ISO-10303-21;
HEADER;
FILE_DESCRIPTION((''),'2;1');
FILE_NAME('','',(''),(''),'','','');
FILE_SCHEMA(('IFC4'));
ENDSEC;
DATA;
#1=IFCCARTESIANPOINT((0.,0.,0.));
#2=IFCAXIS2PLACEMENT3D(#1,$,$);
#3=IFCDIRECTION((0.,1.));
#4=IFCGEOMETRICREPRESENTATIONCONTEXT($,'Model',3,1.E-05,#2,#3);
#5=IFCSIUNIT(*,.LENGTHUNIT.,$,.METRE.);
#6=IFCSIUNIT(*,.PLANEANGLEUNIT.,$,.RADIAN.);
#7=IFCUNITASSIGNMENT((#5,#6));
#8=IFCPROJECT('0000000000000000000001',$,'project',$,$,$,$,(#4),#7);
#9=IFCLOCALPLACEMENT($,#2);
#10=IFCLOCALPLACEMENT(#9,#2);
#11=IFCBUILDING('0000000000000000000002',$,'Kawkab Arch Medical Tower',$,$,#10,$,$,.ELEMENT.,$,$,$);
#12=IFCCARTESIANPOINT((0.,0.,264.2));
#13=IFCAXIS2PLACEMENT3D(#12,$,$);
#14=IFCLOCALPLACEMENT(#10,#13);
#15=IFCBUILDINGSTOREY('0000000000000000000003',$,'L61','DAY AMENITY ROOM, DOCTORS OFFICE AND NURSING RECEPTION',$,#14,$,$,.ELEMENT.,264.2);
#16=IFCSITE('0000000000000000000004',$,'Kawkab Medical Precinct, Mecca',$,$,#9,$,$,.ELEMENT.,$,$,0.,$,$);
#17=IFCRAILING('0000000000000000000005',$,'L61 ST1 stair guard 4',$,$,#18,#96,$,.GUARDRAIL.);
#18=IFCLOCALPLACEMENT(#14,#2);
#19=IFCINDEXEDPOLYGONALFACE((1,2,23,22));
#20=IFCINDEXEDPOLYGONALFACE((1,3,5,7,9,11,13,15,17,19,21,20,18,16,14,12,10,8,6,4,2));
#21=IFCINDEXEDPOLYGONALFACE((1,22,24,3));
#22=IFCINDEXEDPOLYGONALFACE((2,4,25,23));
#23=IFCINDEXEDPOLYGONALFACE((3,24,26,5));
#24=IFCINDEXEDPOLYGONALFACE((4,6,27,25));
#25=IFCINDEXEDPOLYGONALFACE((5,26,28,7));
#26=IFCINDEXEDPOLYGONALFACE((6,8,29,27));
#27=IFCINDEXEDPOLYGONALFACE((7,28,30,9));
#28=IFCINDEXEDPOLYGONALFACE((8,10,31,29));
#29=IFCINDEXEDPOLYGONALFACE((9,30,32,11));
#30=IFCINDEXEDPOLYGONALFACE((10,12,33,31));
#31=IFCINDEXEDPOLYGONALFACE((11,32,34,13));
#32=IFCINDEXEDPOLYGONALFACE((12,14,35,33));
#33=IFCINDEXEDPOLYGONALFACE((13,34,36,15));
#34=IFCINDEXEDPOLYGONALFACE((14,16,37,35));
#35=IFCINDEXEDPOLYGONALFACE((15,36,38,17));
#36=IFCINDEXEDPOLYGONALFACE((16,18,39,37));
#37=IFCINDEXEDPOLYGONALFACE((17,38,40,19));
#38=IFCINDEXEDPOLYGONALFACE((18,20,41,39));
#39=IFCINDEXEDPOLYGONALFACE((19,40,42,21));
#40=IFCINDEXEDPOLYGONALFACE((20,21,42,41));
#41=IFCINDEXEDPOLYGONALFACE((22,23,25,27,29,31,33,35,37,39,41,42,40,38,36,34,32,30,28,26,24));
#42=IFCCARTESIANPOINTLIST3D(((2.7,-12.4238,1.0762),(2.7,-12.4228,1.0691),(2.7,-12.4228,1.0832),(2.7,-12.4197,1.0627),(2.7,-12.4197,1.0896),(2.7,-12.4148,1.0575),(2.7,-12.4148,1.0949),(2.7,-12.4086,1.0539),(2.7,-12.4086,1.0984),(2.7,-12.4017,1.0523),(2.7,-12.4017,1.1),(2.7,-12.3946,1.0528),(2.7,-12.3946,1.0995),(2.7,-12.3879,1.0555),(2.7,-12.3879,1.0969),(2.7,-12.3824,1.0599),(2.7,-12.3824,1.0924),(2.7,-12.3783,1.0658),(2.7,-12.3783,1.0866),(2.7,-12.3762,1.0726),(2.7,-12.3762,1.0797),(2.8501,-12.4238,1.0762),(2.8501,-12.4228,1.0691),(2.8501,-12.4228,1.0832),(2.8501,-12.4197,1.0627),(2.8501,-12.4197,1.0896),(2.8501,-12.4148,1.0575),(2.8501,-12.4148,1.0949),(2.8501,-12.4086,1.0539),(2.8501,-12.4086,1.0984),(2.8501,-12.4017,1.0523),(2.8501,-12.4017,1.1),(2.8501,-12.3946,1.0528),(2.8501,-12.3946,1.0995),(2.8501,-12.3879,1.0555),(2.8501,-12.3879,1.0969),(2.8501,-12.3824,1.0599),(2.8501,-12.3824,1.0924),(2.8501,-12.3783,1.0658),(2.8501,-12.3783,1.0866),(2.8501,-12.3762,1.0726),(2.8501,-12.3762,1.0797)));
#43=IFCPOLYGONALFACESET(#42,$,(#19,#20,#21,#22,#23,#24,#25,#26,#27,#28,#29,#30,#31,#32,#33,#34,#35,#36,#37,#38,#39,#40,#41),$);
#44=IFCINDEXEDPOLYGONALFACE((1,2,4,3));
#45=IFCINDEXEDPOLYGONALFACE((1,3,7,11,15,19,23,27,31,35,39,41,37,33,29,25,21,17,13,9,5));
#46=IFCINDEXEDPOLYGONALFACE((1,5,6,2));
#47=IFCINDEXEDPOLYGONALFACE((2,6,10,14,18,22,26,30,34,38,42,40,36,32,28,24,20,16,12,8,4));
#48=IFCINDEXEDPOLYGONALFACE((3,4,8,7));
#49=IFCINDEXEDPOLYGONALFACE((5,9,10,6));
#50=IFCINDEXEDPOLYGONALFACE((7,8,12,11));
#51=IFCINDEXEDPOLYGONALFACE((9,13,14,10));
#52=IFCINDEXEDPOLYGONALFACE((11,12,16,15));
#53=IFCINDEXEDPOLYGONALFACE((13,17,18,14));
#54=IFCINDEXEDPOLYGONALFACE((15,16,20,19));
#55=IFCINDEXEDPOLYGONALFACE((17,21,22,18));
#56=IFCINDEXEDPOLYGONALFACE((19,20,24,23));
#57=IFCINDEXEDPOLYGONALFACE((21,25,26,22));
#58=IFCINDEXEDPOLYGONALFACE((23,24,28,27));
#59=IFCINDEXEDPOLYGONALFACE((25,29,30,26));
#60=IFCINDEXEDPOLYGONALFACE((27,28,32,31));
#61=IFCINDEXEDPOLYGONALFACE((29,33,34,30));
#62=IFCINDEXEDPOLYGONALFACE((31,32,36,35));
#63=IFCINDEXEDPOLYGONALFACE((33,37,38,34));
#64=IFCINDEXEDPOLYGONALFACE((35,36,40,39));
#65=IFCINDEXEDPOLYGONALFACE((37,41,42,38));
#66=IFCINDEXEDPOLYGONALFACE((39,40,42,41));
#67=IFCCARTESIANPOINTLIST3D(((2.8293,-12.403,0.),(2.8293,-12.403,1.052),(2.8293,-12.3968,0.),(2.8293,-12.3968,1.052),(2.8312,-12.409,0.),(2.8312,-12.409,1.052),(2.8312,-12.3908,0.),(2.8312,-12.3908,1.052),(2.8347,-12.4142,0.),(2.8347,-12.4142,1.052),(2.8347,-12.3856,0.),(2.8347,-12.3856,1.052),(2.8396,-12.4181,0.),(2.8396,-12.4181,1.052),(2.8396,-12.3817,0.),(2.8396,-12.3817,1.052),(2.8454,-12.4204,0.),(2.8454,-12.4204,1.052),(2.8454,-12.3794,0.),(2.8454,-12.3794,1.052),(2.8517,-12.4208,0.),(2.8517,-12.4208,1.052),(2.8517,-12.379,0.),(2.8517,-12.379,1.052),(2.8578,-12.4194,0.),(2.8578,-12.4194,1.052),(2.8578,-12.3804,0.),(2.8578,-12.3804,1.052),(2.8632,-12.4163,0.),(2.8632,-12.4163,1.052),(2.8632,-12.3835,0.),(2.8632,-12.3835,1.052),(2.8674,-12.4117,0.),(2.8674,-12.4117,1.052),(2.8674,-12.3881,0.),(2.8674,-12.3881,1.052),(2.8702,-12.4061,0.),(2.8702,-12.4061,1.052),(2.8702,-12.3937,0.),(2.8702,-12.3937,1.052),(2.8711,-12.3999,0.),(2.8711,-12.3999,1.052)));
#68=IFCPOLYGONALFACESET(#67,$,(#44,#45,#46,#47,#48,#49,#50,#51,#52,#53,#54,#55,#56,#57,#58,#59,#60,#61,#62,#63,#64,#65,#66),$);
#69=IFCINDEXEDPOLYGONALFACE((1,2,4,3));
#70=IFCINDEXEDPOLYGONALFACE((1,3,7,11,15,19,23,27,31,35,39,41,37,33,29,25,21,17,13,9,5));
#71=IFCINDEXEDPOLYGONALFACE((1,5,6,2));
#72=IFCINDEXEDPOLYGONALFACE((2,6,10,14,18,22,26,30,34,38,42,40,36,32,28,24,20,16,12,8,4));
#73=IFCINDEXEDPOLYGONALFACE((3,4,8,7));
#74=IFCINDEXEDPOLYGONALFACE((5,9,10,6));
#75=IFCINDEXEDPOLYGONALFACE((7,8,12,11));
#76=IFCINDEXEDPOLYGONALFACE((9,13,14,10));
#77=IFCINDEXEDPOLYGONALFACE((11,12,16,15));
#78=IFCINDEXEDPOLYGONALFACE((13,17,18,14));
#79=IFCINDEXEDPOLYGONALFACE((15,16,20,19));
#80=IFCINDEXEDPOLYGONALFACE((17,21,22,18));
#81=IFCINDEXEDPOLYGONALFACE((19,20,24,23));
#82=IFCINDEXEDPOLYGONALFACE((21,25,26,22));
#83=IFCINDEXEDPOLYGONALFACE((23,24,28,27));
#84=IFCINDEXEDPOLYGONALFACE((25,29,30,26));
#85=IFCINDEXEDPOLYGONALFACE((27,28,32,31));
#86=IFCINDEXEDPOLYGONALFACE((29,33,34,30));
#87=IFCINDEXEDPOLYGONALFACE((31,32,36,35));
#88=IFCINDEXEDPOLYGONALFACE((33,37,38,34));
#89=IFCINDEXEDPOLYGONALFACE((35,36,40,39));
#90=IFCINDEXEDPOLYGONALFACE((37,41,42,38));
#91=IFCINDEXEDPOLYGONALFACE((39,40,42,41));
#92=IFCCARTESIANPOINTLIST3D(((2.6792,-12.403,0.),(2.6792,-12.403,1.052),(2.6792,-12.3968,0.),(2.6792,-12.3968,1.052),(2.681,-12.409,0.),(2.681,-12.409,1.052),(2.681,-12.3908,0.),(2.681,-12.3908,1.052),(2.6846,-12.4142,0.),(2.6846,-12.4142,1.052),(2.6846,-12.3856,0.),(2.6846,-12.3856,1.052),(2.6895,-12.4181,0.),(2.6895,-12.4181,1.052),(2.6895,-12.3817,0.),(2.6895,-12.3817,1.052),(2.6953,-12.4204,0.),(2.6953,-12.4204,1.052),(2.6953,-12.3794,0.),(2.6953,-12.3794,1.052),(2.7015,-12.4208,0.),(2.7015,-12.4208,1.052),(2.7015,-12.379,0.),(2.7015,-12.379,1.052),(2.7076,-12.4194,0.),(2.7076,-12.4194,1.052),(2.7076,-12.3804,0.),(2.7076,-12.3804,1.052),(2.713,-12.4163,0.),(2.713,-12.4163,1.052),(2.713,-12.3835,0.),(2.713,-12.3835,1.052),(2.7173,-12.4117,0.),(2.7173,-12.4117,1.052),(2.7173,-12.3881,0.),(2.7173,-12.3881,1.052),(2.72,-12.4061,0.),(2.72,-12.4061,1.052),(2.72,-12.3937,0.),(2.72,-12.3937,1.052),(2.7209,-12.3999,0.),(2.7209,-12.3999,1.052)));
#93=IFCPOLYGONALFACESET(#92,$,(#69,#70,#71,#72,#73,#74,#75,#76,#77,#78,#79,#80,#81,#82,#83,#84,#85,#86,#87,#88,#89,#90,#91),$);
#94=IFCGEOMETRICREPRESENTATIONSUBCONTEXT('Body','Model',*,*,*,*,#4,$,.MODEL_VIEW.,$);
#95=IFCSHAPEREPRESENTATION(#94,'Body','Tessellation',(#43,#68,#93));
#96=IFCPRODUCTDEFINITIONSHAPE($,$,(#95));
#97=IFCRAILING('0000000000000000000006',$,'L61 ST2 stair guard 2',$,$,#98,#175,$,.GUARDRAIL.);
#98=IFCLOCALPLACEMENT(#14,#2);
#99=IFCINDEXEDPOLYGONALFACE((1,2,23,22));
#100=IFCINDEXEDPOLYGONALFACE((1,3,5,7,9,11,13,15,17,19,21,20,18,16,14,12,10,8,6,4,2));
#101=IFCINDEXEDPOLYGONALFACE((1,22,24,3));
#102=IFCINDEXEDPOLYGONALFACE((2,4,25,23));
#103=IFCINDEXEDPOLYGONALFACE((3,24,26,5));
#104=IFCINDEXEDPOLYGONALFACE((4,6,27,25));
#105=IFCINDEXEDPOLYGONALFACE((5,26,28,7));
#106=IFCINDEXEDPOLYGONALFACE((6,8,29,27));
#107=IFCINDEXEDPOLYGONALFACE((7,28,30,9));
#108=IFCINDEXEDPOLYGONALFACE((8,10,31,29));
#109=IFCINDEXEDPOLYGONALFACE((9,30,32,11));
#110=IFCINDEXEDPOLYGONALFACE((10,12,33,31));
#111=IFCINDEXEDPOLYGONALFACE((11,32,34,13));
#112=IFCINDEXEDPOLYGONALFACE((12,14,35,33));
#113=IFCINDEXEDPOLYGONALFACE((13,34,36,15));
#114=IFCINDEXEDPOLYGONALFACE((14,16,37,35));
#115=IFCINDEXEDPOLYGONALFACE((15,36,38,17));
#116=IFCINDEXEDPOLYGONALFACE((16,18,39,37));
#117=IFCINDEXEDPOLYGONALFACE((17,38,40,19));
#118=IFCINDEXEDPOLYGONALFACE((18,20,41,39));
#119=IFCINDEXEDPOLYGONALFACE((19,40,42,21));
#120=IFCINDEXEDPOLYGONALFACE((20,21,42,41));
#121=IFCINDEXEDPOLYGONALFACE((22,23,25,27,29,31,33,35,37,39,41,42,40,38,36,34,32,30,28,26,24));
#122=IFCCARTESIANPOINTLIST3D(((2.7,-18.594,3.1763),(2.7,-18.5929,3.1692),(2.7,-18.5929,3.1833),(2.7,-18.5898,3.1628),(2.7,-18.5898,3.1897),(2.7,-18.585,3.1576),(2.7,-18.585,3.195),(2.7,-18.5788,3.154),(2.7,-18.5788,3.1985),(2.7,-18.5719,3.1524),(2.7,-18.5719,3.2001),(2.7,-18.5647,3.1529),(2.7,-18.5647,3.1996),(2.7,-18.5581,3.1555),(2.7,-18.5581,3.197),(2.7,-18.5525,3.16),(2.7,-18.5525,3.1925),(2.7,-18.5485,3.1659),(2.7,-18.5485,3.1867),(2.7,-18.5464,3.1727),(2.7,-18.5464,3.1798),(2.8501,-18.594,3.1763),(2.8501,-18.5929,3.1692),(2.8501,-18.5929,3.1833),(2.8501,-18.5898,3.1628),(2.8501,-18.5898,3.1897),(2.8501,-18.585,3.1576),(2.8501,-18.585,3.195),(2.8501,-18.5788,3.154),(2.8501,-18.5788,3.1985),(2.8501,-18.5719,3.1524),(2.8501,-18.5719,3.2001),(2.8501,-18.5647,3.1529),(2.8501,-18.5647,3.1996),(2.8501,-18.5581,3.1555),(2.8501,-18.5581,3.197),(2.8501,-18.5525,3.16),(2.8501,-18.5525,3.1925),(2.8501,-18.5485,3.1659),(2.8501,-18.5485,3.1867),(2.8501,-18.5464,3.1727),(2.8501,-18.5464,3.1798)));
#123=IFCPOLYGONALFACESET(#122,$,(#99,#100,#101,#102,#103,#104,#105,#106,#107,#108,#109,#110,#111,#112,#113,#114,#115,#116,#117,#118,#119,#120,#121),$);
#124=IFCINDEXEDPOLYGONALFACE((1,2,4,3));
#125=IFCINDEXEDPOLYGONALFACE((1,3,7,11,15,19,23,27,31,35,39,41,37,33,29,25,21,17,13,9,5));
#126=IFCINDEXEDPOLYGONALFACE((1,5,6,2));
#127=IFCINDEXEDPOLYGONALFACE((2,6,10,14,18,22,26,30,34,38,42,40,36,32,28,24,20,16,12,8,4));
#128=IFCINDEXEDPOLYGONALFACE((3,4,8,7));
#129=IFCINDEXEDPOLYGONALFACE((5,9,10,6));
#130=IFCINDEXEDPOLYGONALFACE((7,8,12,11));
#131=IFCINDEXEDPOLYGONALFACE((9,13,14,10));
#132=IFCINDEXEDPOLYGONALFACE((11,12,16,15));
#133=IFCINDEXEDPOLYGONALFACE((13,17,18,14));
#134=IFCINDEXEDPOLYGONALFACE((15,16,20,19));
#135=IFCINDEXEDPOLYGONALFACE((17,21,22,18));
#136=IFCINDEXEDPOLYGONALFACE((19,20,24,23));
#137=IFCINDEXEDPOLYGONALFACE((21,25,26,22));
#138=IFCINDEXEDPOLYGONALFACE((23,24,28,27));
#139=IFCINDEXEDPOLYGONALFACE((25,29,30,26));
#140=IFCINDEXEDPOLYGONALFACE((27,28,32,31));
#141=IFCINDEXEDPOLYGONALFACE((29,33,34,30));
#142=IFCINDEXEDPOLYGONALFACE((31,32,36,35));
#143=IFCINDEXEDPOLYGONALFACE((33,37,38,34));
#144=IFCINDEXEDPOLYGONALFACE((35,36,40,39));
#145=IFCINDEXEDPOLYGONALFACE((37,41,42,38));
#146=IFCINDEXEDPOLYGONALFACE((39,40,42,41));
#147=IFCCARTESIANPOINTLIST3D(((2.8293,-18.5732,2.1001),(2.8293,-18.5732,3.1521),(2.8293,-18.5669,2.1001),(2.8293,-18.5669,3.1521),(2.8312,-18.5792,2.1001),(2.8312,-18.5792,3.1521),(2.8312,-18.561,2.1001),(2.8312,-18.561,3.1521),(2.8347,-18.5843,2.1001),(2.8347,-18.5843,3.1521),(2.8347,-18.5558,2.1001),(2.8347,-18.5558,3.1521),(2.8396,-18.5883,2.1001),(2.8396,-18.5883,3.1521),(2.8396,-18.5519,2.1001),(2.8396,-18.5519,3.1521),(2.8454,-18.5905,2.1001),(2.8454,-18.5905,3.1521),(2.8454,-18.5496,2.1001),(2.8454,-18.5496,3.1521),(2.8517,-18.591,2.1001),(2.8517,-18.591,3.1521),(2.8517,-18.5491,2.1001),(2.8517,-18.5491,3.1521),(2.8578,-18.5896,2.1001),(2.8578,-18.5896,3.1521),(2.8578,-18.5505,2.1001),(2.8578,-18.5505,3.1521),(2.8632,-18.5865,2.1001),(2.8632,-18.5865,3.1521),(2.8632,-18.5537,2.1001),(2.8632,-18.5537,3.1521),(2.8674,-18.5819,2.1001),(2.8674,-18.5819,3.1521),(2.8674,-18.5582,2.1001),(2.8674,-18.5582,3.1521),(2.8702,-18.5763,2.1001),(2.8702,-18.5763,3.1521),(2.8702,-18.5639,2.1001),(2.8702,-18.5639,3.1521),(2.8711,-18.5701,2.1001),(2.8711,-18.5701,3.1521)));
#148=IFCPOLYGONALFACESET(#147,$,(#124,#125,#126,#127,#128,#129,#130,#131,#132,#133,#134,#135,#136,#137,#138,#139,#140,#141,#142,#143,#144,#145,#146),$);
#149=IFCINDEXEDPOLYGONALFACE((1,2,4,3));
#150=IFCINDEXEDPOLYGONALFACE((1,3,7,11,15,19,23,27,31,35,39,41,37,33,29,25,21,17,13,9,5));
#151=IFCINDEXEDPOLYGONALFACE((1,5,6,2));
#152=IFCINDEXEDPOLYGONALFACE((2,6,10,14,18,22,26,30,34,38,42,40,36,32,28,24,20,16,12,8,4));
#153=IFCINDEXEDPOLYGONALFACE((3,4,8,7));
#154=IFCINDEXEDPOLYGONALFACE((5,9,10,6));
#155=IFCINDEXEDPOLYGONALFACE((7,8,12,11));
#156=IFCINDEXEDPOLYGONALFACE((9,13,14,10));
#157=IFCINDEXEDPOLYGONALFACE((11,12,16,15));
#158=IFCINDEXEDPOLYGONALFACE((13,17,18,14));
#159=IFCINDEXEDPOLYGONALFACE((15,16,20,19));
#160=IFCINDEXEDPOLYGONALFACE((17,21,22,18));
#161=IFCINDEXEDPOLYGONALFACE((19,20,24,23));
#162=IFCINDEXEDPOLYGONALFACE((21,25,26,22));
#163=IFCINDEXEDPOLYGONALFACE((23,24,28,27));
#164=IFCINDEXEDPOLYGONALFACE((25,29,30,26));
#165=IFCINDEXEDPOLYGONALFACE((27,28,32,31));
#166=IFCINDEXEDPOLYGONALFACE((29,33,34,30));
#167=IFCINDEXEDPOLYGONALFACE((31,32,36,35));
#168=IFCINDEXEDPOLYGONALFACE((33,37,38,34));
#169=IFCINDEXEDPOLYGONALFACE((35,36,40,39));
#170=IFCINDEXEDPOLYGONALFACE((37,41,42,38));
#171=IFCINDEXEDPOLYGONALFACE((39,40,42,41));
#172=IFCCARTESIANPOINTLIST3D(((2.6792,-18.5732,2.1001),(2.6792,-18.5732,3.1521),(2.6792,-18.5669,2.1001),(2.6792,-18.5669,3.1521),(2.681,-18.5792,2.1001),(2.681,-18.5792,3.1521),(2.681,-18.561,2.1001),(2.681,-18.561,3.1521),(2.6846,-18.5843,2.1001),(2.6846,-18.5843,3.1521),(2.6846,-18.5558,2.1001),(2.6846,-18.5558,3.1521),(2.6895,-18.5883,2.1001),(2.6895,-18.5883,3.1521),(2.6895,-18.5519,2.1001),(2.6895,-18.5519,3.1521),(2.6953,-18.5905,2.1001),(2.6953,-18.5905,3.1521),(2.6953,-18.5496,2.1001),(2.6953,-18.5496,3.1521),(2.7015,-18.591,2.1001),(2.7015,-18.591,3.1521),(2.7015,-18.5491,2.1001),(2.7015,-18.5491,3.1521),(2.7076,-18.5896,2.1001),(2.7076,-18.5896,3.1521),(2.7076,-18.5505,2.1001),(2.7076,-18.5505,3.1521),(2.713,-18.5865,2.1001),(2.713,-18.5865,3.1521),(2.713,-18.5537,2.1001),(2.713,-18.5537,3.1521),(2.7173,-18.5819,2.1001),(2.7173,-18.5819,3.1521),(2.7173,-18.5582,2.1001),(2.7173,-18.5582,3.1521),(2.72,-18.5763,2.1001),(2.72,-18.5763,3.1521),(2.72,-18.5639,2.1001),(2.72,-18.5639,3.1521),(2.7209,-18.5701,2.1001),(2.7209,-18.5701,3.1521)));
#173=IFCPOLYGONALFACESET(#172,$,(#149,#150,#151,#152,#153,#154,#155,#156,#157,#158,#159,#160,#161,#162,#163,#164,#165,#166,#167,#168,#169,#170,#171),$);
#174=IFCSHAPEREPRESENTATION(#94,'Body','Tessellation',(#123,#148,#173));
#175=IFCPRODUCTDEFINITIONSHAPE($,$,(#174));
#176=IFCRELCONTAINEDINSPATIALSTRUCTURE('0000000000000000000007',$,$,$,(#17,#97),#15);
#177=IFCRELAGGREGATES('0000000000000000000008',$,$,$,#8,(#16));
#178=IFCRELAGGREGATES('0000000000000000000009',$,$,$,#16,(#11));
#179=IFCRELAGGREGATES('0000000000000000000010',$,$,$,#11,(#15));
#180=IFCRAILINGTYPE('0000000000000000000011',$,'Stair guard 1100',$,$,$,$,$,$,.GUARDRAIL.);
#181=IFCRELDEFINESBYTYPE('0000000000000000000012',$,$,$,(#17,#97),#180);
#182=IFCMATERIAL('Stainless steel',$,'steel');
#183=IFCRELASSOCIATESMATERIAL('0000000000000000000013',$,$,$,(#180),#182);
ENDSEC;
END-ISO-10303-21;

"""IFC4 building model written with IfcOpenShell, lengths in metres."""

from ifc_helpers import new_model, si_unit, direction, frame, origin, origin_2d, place, context, subcontext, project, spatial, circle, extrude, material, type_object, element, save


model = new_model("IFC4")

# Units and contexts
model_context = context("Model", 3, precision=1e-05, world=origin(), true_north=direction((0.0, 1.0)))
body_context = subcontext(model_context, "Body", "Model", "MODEL_VIEW")
ifc_project = project(units=[si_unit("LENGTHUNIT", "METRE"), si_unit("PLANEANGLEUNIT", "RADIAN")], contexts=[model_context])

# Site, building, storey
site_placement = place(None, origin())
site = spatial("IfcSite", under=ifc_project, at=site_placement, Name="Kawkab Medical Precinct, Mecca", CompositionType="ELEMENT", RefElevation=0.0)
building_placement = place(site_placement, origin())
building = spatial("IfcBuilding", under=site, at=building_placement, Name="Kawkab Arch Medical Tower", CompositionType="ELEMENT")
storey_placement = place(building_placement, frame((0.0, 0.0, 264.2)))
storey = spatial("IfcBuildingStorey", under=building, at=storey_placement, Name="L61", Description="DAY AMENITY ROOM, DOCTORS OFFICE AND NURSING RECEPTION", CompositionType="ELEMENT", Elevation=264.2)

# Railings
ifc_material_1 = material(Name="Stainless steel", Category="steel")
railing_type_1 = type_object("IfcRailingType", Name="Stair guard 1100", PredefinedType="GUARDRAIL", material=ifc_material_1)
for number, where, name in (
    (1, (2.8501, -12.3999, 0.0), "L61 ST1 stair guard 4"),
    (2, (2.8501, -18.5701, 2.1001), "L61 ST2 stair guard 2"),
):
    element("IfcRailing", number, at=place(storey_placement, frame(where)), inside=storey, type_object=railing_type_1, Name=name, PredefinedType="GUARDRAIL", context=body_context, shape_type="SweptSolid", body=[
        extrude(circle(Radius=0.0239, at=origin_2d()), frame((0.0, 0.0, 1.0762), z_axis=(-1.0, 0.0, 0.0), x_axis=(0.0, -1.0, 0.0)), (0.0, 0.0, 1.0), 0.1501),
        extrude(circle(Radius=0.021, at=origin_2d()), origin(), (0.0, 0.0, 1.0), 1.052),
        extrude(circle(Radius=0.021, at=origin_2d()), frame((-0.1501, 0.0, 0.0)), (0.0, 0.0, 1.0), 1.052),
    ])

save(model, "model.ifc")
